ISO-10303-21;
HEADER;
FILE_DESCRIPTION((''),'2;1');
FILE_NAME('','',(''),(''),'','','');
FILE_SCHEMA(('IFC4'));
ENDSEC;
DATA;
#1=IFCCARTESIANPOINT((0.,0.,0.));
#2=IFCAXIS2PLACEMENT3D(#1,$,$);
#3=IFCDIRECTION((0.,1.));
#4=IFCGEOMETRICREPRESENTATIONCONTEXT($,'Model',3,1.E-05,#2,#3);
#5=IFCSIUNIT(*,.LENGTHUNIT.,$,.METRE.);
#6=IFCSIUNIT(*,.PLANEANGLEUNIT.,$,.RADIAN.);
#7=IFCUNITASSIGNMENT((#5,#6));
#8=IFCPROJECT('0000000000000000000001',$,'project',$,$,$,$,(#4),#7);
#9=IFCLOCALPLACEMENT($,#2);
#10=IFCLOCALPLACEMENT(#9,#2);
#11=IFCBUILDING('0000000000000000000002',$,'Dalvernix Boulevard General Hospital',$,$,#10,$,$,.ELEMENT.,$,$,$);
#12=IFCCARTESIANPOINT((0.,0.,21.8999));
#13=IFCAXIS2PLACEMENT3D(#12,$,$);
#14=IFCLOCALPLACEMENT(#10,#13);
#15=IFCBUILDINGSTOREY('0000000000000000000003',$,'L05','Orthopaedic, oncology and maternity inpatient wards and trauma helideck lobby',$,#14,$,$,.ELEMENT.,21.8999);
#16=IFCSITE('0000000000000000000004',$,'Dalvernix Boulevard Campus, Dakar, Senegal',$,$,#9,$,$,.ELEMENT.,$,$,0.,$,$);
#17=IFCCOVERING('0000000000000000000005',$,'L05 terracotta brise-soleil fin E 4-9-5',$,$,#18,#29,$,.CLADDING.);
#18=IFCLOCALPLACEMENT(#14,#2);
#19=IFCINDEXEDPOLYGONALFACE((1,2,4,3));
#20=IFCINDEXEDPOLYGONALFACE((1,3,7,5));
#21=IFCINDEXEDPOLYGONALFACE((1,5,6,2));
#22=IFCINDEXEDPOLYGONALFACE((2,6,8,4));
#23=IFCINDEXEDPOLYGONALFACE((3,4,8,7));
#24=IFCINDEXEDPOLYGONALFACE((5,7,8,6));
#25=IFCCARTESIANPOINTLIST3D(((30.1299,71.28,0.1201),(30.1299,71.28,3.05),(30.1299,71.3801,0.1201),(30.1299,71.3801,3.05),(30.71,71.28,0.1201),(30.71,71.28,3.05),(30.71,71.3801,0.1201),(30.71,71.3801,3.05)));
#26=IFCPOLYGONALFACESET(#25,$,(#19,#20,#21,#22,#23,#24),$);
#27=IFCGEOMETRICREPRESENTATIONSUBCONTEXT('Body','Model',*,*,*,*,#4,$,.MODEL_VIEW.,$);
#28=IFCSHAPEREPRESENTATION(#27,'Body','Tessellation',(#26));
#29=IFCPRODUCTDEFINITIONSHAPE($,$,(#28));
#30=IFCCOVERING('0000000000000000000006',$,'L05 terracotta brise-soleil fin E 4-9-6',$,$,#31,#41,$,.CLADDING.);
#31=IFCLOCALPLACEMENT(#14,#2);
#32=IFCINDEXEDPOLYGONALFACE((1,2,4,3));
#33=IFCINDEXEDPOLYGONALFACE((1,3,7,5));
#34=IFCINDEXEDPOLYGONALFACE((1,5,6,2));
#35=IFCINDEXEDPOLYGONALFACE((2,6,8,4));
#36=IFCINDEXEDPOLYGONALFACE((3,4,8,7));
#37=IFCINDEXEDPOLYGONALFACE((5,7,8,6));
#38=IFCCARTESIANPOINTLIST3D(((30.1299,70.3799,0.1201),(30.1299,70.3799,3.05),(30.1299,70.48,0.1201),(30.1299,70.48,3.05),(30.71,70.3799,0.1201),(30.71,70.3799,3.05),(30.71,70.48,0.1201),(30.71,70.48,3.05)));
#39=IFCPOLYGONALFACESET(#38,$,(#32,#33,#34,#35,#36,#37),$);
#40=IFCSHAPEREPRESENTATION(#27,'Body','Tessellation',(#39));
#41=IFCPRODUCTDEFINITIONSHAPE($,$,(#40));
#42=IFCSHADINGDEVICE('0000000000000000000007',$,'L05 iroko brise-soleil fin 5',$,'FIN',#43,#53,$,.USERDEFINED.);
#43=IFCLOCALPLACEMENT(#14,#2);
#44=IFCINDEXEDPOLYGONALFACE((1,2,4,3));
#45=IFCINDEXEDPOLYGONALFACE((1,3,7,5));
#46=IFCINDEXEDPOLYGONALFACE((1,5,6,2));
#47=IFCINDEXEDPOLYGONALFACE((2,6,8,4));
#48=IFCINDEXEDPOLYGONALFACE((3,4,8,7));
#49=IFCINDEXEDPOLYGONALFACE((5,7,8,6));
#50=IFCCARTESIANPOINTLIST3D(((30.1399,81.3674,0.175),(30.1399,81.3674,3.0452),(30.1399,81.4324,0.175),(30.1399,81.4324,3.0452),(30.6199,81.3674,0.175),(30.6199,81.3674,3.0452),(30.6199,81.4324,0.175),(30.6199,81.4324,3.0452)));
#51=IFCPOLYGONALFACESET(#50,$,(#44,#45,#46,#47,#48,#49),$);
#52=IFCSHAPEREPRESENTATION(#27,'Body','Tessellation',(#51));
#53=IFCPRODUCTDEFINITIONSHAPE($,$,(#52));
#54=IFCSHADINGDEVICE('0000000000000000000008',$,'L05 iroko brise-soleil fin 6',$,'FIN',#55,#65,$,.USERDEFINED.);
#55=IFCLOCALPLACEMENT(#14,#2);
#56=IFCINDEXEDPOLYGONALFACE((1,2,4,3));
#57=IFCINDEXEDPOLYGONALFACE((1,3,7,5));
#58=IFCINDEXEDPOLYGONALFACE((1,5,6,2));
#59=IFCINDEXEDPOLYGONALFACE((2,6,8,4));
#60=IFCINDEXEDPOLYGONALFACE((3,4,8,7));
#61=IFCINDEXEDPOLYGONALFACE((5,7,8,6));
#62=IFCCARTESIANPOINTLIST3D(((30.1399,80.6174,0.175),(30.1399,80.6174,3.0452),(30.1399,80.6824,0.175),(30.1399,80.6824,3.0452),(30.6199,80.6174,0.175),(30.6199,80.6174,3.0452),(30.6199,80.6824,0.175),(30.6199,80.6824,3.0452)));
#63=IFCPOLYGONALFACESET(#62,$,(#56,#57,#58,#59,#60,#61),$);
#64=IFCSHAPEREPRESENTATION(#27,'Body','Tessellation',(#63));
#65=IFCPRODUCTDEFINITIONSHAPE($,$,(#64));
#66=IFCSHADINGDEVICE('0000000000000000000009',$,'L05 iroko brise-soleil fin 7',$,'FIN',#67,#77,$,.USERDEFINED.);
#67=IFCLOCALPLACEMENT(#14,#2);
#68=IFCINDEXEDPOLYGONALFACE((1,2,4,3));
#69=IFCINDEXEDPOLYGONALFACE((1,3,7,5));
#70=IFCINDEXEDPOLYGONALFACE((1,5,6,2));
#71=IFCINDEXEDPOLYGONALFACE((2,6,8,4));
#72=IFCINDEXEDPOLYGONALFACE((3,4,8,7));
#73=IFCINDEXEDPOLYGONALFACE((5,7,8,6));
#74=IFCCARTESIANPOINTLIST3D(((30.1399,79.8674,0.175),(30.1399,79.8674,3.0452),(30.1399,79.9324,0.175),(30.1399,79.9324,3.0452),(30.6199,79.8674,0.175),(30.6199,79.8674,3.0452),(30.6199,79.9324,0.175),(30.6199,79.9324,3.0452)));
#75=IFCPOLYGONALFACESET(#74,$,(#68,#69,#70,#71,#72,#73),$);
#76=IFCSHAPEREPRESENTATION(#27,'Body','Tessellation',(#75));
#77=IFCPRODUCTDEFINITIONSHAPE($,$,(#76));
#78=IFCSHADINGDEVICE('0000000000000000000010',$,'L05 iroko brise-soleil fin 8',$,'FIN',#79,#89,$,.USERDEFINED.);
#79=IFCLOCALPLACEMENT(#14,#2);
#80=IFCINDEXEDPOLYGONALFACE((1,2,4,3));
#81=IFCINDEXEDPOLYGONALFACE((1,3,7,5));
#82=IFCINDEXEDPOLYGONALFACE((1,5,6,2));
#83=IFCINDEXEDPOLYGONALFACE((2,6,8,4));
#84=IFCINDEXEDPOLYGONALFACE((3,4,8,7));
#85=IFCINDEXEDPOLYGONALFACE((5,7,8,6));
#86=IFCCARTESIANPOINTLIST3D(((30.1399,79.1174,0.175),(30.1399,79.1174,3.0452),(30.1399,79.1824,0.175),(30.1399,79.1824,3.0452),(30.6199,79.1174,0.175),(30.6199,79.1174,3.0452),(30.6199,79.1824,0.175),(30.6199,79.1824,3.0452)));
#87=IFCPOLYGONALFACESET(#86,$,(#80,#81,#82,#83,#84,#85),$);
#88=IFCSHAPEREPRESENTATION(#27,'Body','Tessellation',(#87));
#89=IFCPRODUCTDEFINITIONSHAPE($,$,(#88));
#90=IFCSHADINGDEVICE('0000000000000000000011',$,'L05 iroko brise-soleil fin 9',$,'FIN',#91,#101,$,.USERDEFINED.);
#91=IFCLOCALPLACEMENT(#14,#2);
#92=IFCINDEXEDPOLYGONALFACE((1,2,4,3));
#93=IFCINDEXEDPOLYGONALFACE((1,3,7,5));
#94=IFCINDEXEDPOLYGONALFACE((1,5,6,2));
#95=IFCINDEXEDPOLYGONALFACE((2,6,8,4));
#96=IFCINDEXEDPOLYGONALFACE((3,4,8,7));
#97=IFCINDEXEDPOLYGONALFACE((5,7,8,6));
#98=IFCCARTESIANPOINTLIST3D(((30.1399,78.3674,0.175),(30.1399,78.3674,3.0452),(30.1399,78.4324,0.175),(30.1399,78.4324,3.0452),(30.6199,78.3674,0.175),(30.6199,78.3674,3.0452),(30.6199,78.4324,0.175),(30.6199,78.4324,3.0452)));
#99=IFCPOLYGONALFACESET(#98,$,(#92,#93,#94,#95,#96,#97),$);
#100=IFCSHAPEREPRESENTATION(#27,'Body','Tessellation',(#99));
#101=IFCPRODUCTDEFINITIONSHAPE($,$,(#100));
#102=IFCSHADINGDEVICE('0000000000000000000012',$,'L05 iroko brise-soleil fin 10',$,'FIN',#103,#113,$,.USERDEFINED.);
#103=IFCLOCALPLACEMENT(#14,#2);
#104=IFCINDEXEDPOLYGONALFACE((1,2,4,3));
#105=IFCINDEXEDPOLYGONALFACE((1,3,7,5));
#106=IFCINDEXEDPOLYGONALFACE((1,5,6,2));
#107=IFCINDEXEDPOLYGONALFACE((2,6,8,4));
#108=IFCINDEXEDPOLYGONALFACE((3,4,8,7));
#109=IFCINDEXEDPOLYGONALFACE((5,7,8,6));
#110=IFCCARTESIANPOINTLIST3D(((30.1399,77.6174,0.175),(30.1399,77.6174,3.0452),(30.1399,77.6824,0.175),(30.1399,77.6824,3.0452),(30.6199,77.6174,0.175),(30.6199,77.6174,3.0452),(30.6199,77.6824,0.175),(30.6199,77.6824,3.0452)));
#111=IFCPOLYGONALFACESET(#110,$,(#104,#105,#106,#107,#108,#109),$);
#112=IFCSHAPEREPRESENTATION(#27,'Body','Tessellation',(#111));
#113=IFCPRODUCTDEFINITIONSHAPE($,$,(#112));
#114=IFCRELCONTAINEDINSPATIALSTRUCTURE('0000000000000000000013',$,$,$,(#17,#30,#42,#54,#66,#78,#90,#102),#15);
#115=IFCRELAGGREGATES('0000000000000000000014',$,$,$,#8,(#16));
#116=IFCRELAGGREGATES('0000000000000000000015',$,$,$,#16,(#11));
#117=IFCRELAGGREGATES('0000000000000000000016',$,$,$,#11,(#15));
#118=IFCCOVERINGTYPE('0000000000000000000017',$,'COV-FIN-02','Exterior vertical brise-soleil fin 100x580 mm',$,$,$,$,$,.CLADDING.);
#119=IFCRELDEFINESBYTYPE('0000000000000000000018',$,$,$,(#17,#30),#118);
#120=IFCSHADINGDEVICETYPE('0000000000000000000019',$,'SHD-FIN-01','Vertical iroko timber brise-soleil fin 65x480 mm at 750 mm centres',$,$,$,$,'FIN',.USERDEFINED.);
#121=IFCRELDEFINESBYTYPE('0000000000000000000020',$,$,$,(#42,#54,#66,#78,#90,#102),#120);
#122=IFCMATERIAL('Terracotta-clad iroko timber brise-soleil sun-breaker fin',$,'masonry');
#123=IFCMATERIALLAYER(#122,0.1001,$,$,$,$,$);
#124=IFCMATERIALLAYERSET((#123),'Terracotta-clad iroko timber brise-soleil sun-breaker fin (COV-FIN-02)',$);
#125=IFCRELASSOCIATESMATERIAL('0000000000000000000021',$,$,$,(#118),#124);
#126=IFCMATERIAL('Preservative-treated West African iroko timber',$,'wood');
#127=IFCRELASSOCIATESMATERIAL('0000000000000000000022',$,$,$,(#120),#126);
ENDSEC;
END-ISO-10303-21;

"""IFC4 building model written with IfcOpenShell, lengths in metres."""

from ifc_helpers import new_model, si_unit, direction, frame, origin, origin_2d, place, context, subcontext, project, spatial, rectangle, extrude, material, layer, layer_set, type_object, element, save


model = new_model("IFC4")

# Units and contexts
model_context = context("Model", 3, precision=1e-05, world=origin(), true_north=direction((0.0, 1.0)))
body_context = subcontext(model_context, "Body", "Model", "MODEL_VIEW")
ifc_project = project(units=[si_unit("LENGTHUNIT", "METRE"), si_unit("PLANEANGLEUNIT", "RADIAN")], contexts=[model_context])

# Site, building, storey
site_placement = place(None, origin())
site = spatial("IfcSite", under=ifc_project, at=site_placement, Name="Dalvernix Boulevard Campus, Dakar, Senegal", CompositionType="ELEMENT", RefElevation=0.0)
building_placement = place(site_placement, origin())
building = spatial("IfcBuilding", under=site, at=building_placement, Name="Dalvernix Boulevard General Hospital", CompositionType="ELEMENT")
storey_placement = place(building_placement, frame((0.0, 0.0, 21.8999)))
storey = spatial("IfcBuildingStorey", under=building, at=storey_placement, Name="L05", Description="Orthopaedic, oncology and maternity inpatient wards and trauma helideck lobby", CompositionType="ELEMENT", Elevation=21.8999)

# Coverings
ifc_material_1 = material(Name="Terracotta-clad iroko timber brise-soleil sun-breaker fin", Category="masonry")
ifc_layer_1 = layer(ifc_material_1, 0.1001)
ifc_layer_set_1 = layer_set([ifc_layer_1], Name="Terracotta-clad iroko timber brise-soleil sun-breaker fin (COV-FIN-02)")
covering_type_1 = type_object("IfcCoveringType", Name="COV-FIN-02", Description="Exterior vertical brise-soleil fin 100x580 mm", PredefinedType="CLADDING", material=ifc_layer_set_1)
for number, where, z_axis, x_axis, name in (
    (1, (30.4199, 71.3301, 0.1201), (0.0, 0.0, 1.0), (0.0, -1.0, 0.0), "L05 terracotta brise-soleil fin E 4-9-5"),
    (2, (30.4199, 70.4299, 0.1201), (0.0, 0.0, 1.0), (0.0, -1.0, 0.0), "L05 terracotta brise-soleil fin E 4-9-6"),
):
    element("IfcCovering", number, at=place(storey_placement, frame(where, z_axis=z_axis, x_axis=x_axis)), inside=storey, type_object=covering_type_1, Name=name, PredefinedType="CLADDING", context=body_context, shape_type="SweptSolid", body=[
        extrude(rectangle(XDim=0.1001, YDim=0.5801, at=origin_2d()), origin(), (0.0, 0.0, 1.0), 2.9299),
    ])

# Shading devices
ifc_material_2 = material(Name="Preservative-treated West African iroko timber", Category="wood")
shading_device_type = type_object("IfcShadingDeviceType", Name="SHD-FIN-01", Description="Vertical iroko timber brise-soleil fin 65x480 mm at 750 mm centres", ElementType="FIN", PredefinedType="USERDEFINED", material=ifc_material_2)
for number, where, z_axis, x_axis, name in (
    (3, (30.3799, 81.3999, 0.175), (0.0, 0.0, 1.0), (0.0, -1.0, 0.0), "L05 iroko brise-soleil fin 5"),
    (4, (30.3799, 80.6499, 0.175), (0.0, 0.0, 1.0), (0.0, -1.0, 0.0), "L05 iroko brise-soleil fin 6"),
    (5, (30.3799, 79.8999, 0.175), (0.0, 0.0, 1.0), (0.0, -1.0, 0.0), "L05 iroko brise-soleil fin 7"),
    (6, (30.3799, 79.1499, 0.175), (0.0, 0.0, 1.0), (0.0, -1.0, 0.0), "L05 iroko brise-soleil fin 8"),
    (7, (30.3799, 78.3999, 0.175), (0.0, 0.0, 1.0), (0.0, -1.0, 0.0), "L05 iroko brise-soleil fin 9"),
    (8, (30.3799, 77.6499, 0.175), (0.0, 0.0, 1.0), (0.0, -1.0, 0.0), "L05 iroko brise-soleil fin 10"),
):
    element("IfcShadingDevice", number, at=place(storey_placement, frame(where, z_axis=z_axis, x_axis=x_axis)), inside=storey, type_object=shading_device_type, Name=name, ObjectType="FIN", PredefinedType="USERDEFINED", context=body_context, shape_type="SweptSolid", body=[
        extrude(rectangle(XDim=0.0649, YDim=0.48, at=origin_2d()), origin(), (0.0, 0.0, 1.0), 2.8701),
    ])

save(model, "model.ifc")
